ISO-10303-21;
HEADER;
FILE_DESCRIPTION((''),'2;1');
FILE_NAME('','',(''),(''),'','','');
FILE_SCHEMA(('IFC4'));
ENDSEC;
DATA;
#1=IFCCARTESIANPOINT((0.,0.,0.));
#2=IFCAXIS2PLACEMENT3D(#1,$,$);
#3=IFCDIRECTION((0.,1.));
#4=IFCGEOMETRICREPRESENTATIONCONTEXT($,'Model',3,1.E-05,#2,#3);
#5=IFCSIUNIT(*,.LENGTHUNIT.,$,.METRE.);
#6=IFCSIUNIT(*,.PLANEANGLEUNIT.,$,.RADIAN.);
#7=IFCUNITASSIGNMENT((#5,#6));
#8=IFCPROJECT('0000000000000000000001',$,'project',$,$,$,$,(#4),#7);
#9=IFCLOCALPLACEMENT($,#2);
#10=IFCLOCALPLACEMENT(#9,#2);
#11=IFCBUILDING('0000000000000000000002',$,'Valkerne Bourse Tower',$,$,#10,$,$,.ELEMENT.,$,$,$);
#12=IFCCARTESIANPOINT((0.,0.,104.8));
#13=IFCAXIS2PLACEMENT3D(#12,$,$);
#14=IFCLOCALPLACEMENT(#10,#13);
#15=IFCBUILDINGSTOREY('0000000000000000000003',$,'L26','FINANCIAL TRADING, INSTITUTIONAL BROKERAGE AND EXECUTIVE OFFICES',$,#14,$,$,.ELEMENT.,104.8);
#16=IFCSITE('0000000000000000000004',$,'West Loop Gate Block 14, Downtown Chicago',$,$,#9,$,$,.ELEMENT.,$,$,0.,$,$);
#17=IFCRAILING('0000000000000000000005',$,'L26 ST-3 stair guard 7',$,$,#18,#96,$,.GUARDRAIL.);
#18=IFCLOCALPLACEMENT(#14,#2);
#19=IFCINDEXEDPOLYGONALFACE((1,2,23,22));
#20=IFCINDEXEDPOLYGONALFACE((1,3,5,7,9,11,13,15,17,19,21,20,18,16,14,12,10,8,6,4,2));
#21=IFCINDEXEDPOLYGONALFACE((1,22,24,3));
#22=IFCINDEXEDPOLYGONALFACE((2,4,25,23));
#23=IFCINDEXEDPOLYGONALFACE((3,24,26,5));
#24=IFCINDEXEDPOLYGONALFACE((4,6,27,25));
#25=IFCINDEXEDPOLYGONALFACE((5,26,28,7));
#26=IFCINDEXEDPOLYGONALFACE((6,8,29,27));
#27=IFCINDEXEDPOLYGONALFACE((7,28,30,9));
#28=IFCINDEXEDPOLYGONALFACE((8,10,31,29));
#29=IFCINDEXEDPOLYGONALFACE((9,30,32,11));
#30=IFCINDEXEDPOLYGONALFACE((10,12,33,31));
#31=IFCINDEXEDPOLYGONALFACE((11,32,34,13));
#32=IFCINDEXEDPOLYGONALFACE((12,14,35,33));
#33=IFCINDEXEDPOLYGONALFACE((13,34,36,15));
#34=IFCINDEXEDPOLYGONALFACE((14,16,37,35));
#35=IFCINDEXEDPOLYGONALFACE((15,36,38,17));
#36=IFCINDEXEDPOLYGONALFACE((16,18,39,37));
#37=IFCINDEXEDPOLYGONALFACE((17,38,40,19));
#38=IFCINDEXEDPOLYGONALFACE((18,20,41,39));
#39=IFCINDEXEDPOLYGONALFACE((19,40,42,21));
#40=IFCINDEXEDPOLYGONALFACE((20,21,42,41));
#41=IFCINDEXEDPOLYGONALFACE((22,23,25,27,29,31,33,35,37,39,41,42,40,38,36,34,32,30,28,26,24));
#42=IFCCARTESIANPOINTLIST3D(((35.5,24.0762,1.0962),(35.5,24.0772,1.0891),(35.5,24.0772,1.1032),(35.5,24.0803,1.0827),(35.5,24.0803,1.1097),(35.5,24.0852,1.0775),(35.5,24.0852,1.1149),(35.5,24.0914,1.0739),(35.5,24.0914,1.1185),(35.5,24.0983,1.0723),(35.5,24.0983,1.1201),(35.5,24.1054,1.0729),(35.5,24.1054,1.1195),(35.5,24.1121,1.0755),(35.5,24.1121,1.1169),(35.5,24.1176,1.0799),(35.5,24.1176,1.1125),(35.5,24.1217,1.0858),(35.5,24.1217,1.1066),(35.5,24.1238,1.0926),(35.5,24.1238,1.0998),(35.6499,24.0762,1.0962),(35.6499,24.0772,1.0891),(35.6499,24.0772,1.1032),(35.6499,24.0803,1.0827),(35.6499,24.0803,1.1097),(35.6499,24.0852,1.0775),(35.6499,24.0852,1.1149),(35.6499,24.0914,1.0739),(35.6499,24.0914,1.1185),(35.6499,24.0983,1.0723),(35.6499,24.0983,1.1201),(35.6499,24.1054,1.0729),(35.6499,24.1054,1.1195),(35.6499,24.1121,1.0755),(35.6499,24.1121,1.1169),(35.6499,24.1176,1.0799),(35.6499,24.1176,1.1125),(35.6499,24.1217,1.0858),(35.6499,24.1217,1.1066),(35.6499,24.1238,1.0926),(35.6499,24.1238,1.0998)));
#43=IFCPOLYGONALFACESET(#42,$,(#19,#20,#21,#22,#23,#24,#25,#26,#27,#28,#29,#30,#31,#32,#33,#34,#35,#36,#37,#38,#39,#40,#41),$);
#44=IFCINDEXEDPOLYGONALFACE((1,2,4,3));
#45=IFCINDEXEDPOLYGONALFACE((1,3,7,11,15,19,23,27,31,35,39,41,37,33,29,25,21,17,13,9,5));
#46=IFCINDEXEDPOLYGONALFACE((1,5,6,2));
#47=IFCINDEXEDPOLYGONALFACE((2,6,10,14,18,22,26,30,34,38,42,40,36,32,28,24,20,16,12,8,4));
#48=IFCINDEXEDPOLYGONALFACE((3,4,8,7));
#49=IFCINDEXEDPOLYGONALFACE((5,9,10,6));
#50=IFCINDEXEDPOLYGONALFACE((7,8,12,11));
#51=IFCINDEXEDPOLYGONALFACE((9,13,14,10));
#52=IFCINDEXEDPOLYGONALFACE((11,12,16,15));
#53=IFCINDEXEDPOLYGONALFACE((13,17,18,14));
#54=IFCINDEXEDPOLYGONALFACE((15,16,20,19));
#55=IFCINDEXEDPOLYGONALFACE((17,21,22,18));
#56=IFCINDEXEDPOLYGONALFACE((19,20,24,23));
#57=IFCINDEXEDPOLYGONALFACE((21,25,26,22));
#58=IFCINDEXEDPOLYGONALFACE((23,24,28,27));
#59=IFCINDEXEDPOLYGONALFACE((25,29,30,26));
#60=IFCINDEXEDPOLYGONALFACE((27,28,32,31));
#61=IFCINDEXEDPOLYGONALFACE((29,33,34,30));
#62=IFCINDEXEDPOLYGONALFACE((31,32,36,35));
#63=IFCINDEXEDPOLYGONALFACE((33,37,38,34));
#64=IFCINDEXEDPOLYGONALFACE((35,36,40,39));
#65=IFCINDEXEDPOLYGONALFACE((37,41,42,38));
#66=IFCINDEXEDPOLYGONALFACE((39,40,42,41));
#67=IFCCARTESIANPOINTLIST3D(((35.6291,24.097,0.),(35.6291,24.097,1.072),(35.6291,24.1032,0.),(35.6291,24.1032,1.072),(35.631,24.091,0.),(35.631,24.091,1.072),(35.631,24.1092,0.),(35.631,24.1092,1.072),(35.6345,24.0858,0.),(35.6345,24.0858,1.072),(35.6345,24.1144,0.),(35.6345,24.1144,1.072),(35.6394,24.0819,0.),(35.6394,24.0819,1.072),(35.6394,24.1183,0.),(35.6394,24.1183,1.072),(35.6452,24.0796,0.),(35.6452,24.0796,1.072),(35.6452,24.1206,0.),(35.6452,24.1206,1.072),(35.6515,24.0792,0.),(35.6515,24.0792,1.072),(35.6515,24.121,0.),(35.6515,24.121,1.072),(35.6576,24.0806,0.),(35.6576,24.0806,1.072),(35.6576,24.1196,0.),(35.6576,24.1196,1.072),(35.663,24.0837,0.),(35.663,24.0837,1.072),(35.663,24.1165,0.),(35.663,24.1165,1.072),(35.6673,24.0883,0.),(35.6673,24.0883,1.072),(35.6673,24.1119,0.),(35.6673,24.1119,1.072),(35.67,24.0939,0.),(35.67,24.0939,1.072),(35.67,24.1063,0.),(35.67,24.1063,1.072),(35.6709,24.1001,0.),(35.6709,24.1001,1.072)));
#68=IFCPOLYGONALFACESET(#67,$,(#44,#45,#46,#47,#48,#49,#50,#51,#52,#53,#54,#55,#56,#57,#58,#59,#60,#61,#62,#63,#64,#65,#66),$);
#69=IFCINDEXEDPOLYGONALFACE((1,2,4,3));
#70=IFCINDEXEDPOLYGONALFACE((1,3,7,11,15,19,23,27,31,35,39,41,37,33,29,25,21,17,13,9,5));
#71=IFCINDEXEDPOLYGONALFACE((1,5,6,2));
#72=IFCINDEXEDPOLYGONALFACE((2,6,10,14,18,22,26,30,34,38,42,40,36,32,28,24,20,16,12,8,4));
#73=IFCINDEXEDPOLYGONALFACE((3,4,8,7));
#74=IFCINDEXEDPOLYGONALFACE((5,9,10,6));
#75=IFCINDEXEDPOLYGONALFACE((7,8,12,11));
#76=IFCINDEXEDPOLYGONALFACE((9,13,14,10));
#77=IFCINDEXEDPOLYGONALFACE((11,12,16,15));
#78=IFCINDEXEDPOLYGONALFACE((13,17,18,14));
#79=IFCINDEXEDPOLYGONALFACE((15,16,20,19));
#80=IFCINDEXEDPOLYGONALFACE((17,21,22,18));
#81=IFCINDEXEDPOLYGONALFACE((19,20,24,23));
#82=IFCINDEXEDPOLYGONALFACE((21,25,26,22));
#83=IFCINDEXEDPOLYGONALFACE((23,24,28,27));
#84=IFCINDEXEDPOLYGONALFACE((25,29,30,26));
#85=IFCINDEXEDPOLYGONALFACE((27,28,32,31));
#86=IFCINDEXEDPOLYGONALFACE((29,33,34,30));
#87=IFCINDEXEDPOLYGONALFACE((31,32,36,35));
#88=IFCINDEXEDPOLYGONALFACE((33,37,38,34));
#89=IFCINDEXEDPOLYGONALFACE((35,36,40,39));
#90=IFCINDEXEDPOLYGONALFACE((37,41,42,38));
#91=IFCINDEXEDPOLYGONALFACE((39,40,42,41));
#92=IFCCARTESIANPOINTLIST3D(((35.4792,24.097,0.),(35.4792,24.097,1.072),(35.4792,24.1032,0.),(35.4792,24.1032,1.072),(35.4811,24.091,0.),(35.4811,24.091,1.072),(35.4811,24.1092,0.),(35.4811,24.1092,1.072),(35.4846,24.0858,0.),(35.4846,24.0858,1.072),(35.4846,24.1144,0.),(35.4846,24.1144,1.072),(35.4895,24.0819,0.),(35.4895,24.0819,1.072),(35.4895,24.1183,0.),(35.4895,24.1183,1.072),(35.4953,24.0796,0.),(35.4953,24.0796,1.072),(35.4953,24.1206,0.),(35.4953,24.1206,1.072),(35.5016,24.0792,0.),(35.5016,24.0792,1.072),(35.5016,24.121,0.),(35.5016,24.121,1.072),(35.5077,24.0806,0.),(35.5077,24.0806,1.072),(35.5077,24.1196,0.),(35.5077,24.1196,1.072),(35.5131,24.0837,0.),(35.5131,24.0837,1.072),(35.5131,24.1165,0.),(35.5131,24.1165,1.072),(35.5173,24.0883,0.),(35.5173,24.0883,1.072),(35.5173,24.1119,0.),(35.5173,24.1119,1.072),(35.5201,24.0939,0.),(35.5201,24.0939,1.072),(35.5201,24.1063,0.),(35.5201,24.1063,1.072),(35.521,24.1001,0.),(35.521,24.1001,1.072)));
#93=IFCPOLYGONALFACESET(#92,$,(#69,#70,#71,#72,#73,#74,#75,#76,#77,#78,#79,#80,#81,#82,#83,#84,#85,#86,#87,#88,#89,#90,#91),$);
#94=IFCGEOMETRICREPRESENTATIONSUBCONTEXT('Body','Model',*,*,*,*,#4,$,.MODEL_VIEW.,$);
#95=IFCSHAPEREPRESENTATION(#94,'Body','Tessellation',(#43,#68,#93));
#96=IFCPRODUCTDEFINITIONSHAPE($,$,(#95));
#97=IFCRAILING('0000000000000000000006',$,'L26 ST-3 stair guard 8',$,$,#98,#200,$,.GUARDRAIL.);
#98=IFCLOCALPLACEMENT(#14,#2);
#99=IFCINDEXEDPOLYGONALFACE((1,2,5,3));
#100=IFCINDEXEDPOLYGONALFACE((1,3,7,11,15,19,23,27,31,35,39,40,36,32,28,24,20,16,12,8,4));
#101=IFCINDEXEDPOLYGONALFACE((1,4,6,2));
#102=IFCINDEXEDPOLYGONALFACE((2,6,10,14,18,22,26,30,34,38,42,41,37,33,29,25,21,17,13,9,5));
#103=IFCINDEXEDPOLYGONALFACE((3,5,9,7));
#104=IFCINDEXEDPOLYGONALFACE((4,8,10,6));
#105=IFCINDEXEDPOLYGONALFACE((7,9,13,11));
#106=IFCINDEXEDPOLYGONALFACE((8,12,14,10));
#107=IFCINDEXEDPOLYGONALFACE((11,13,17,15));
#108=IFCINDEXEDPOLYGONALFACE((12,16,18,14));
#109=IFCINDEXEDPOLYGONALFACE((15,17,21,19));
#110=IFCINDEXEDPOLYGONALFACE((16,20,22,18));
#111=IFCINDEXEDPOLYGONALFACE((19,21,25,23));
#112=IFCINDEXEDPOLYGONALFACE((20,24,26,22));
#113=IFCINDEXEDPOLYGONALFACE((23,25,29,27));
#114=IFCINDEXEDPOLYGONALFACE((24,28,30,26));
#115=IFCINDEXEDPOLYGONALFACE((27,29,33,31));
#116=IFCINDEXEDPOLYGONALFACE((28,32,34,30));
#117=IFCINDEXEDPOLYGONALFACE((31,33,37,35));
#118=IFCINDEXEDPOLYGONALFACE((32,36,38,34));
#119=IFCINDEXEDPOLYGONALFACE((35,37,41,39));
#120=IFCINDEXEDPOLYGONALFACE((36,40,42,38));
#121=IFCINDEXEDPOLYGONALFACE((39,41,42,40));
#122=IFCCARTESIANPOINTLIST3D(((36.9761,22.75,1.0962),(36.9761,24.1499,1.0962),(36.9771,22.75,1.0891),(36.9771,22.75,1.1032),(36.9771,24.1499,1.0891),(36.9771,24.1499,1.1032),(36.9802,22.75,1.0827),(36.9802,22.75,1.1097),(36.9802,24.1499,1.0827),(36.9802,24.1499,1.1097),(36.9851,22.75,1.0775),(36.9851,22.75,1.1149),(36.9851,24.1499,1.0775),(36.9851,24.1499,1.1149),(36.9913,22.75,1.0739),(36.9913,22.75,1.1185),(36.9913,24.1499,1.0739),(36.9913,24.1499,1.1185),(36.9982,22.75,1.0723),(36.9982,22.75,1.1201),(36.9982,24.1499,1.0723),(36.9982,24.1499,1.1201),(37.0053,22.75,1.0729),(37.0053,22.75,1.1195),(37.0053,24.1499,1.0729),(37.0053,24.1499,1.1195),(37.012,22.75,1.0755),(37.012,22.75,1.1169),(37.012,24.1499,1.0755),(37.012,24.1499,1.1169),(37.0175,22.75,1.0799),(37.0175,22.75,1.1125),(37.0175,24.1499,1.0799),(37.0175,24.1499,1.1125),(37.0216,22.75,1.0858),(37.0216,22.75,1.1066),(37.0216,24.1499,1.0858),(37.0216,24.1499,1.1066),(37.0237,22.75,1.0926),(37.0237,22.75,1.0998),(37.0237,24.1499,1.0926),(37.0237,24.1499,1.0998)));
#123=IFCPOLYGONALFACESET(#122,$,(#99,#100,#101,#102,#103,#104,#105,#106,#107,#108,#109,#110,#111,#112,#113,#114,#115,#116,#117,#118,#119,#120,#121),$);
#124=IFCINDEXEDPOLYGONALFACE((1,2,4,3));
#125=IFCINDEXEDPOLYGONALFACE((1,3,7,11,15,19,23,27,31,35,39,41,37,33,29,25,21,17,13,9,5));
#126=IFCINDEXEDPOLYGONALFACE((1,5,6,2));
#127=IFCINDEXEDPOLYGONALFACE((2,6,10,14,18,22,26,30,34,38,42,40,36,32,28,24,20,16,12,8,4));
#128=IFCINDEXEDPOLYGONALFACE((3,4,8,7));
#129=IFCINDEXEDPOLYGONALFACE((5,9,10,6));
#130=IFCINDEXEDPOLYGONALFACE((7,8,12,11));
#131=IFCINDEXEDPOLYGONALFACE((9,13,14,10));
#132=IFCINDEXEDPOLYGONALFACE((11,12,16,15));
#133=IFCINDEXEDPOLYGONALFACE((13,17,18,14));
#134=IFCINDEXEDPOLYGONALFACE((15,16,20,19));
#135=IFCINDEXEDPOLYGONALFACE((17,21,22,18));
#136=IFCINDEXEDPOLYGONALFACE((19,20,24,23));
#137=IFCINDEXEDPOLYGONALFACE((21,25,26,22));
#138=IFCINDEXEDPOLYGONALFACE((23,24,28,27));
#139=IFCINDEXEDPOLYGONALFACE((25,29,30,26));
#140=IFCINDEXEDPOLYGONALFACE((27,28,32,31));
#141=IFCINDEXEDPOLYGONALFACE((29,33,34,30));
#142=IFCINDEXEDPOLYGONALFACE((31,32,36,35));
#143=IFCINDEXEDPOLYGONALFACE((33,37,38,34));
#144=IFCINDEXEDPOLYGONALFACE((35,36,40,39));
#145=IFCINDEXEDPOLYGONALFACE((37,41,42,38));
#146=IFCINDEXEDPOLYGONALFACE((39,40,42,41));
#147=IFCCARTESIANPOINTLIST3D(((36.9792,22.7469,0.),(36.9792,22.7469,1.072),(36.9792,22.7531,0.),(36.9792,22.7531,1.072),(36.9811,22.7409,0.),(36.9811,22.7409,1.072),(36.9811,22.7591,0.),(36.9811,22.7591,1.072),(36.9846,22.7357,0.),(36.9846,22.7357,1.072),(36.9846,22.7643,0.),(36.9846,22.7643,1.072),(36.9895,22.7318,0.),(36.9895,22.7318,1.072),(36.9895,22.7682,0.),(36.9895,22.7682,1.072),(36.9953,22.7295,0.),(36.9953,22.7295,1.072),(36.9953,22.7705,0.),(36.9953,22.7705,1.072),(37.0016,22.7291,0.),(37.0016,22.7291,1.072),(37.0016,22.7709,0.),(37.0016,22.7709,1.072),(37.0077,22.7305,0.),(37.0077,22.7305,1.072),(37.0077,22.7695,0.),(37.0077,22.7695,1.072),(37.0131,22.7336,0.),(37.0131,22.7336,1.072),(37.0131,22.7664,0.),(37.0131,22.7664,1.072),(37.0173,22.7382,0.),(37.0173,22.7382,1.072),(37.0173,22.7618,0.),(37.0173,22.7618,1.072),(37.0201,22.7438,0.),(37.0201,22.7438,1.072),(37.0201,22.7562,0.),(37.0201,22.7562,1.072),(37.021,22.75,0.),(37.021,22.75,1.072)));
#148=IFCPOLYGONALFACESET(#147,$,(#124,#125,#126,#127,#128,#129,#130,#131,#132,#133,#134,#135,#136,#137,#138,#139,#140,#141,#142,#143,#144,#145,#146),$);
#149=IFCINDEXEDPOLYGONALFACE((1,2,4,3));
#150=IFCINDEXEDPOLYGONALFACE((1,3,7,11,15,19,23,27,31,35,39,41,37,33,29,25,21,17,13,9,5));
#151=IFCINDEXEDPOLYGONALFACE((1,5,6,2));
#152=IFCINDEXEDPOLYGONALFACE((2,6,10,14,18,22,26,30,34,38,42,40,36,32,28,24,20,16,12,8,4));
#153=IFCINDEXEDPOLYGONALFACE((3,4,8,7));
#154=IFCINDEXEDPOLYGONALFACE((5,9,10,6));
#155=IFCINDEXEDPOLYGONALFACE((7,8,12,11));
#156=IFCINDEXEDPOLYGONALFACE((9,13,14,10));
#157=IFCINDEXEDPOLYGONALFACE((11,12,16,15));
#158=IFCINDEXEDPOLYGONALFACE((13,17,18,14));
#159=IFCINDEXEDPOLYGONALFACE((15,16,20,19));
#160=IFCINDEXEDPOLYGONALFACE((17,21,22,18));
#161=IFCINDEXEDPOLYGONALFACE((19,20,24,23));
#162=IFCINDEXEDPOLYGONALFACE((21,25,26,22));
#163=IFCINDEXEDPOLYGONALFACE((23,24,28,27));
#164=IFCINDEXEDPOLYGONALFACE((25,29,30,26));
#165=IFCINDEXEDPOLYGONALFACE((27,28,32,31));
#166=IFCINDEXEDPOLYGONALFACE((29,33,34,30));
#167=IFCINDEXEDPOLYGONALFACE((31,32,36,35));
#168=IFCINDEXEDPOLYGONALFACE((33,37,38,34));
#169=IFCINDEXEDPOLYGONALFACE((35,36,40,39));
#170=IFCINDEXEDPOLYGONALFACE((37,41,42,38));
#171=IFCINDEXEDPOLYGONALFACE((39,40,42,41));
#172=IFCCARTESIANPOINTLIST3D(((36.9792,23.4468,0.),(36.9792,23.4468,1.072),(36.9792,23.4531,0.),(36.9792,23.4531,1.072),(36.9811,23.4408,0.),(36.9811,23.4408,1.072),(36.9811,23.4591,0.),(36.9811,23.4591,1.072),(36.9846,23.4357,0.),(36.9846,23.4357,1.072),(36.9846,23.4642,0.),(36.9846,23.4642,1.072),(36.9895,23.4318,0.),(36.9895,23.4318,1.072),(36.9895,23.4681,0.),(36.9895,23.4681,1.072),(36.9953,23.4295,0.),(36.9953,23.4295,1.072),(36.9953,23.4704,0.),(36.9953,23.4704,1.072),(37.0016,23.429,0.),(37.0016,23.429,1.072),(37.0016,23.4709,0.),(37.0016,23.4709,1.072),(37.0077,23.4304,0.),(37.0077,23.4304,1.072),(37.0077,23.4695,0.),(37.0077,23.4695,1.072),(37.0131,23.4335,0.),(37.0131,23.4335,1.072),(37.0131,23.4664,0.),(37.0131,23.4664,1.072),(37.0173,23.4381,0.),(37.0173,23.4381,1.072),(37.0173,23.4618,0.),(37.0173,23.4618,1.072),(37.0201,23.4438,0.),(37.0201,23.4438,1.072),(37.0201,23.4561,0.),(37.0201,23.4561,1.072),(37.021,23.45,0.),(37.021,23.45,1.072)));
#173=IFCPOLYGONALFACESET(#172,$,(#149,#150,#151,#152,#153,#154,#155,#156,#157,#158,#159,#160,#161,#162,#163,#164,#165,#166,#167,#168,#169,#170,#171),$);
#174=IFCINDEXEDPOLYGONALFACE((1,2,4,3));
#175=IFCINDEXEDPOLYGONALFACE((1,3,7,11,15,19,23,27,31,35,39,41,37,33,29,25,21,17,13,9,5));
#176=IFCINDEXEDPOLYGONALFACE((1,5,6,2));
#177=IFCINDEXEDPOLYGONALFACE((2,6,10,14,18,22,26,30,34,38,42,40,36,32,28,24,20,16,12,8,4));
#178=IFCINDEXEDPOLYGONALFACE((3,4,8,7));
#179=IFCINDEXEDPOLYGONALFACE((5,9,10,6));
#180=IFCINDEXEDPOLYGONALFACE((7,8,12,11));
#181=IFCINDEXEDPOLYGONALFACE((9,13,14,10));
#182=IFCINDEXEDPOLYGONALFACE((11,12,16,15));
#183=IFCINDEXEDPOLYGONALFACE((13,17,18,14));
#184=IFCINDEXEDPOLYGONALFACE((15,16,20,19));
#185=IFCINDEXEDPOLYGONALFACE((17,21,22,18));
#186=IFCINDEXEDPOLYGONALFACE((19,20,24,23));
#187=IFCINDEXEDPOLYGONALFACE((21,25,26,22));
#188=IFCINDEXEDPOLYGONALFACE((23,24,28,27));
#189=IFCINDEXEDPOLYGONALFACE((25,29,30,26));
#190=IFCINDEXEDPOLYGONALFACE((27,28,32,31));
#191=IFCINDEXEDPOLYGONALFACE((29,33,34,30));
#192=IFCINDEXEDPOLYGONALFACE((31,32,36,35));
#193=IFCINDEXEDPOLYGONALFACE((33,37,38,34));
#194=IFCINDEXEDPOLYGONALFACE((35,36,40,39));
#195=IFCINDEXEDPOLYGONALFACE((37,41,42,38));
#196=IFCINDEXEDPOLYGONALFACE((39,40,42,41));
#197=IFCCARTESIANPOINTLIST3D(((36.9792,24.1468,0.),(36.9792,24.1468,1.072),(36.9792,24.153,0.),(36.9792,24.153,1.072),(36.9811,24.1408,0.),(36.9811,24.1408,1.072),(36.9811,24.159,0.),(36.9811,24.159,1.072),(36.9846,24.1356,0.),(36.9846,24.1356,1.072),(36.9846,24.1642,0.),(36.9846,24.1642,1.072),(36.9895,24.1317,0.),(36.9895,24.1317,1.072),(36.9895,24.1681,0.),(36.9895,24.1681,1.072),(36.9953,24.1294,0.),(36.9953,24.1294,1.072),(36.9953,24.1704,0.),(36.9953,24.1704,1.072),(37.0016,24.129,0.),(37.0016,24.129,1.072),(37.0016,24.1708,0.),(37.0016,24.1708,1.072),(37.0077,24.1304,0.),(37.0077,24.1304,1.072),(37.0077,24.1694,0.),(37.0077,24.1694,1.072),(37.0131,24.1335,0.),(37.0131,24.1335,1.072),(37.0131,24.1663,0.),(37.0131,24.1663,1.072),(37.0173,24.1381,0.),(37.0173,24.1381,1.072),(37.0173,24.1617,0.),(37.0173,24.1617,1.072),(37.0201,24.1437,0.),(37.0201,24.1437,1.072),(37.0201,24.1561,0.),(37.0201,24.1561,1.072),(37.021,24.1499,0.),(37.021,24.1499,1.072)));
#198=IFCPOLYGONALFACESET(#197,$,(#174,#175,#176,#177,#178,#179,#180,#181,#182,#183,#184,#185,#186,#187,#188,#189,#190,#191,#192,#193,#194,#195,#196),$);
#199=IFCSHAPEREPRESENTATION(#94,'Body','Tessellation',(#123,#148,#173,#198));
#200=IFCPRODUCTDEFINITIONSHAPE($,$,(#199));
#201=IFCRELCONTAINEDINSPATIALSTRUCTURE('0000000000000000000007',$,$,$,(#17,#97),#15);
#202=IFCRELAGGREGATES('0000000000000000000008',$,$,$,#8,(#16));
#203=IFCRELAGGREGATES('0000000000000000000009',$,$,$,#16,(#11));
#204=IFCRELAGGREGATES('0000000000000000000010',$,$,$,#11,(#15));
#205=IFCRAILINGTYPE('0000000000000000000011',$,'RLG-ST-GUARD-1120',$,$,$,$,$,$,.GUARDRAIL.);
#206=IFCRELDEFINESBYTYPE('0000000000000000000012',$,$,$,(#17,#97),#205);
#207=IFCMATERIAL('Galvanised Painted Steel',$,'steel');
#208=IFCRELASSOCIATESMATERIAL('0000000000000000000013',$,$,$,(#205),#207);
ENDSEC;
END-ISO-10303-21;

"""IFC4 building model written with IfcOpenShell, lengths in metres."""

from ifc_helpers import new_model, si_unit, direction, frame, origin, origin_2d, place, context, subcontext, project, spatial, circle, extrude, material, type_object, element, save


model = new_model("IFC4")

# Units and contexts
model_context = context("Model", 3, precision=1e-05, world=origin(), true_north=direction((0.0, 1.0)))
body_context = subcontext(model_context, "Body", "Model", "MODEL_VIEW")
ifc_project = project(units=[si_unit("LENGTHUNIT", "METRE"), si_unit("PLANEANGLEUNIT", "RADIAN")], contexts=[model_context])

# Site, building, storey
site_placement = place(None, origin())
site = spatial("IfcSite", under=ifc_project, at=site_placement, Name="West Loop Gate Block 14, Downtown Chicago", CompositionType="ELEMENT", RefElevation=0.0)
building_placement = place(site_placement, origin())
building = spatial("IfcBuilding", under=site, at=building_placement, Name="Valkerne Bourse Tower", CompositionType="ELEMENT")
storey_placement = place(building_placement, frame((0.0, 0.0, 104.8)))
storey = spatial("IfcBuildingStorey", under=building, at=storey_placement, Name="L26", Description="FINANCIAL TRADING, INSTITUTIONAL BROKERAGE AND EXECUTIVE OFFICES", CompositionType="ELEMENT", Elevation=104.8)

# Shared definitions
ifc_material_1 = material(Name="Galvanised Painted Steel", Category="steel")

# Railings
railing_type_1 = type_object("IfcRailingType", Name="RLG-ST-GUARD-1120", PredefinedType="GUARDRAIL", material=ifc_material_1)
railing_1_placement = place(storey_placement, frame((35.6499, 24.1001, 0.0)))
element("IfcRailing", 1, at=railing_1_placement, inside=storey, type_object=railing_type_1, Name="L26 ST-3 stair guard 7", PredefinedType="GUARDRAIL", context=body_context, shape_type="SweptSolid", body=[
    extrude(circle(Radius=0.0239, at=origin_2d()), frame((0.0, 0.0, 1.0962), z_axis=(-1.0, 0.0, 0.0), x_axis=(0.0, -1.0, 0.0)), (0.0, 0.0, 1.0), 0.1499),
    extrude(circle(Radius=0.021, at=origin_2d()), origin(), (0.0, 0.0, 1.0), 1.072),
    extrude(circle(Radius=0.021, at=origin_2d()), frame((-0.1499, 0.0, 0.0)), (0.0, 0.0, 1.0), 1.072),
])
for number, where, name in (
    (2, (37.0, 22.75, 0.0), "L26 ST-3 stair guard 8"),
):
    element("IfcRailing", number, at=place(storey_placement, frame(where)), inside=storey, type_object=railing_type_1, Name=name, PredefinedType="GUARDRAIL", context=body_context, shape_type="SweptSolid", body=[
        extrude(circle(Radius=0.0239, at=origin_2d()), frame((0.0, 0.0, 1.0962), z_axis=(0.0, 1.0, 0.0), x_axis=(-1.0, 0.0, 0.0)), (0.0, 0.0, 1.0), 1.3999),
        extrude(circle(Radius=0.021, at=origin_2d()), origin(), (0.0, 0.0, 1.0), 1.072),
        extrude(circle(Radius=0.021, at=origin_2d()), frame((0.0, 0.7, 0.0)), (0.0, 0.0, 1.0), 1.072),
        extrude(circle(Radius=0.021, at=origin_2d()), frame((0.0, 1.3999, 0.0)), (0.0, 0.0, 1.0), 1.072),
    ])

save(model, "model.ifc")
